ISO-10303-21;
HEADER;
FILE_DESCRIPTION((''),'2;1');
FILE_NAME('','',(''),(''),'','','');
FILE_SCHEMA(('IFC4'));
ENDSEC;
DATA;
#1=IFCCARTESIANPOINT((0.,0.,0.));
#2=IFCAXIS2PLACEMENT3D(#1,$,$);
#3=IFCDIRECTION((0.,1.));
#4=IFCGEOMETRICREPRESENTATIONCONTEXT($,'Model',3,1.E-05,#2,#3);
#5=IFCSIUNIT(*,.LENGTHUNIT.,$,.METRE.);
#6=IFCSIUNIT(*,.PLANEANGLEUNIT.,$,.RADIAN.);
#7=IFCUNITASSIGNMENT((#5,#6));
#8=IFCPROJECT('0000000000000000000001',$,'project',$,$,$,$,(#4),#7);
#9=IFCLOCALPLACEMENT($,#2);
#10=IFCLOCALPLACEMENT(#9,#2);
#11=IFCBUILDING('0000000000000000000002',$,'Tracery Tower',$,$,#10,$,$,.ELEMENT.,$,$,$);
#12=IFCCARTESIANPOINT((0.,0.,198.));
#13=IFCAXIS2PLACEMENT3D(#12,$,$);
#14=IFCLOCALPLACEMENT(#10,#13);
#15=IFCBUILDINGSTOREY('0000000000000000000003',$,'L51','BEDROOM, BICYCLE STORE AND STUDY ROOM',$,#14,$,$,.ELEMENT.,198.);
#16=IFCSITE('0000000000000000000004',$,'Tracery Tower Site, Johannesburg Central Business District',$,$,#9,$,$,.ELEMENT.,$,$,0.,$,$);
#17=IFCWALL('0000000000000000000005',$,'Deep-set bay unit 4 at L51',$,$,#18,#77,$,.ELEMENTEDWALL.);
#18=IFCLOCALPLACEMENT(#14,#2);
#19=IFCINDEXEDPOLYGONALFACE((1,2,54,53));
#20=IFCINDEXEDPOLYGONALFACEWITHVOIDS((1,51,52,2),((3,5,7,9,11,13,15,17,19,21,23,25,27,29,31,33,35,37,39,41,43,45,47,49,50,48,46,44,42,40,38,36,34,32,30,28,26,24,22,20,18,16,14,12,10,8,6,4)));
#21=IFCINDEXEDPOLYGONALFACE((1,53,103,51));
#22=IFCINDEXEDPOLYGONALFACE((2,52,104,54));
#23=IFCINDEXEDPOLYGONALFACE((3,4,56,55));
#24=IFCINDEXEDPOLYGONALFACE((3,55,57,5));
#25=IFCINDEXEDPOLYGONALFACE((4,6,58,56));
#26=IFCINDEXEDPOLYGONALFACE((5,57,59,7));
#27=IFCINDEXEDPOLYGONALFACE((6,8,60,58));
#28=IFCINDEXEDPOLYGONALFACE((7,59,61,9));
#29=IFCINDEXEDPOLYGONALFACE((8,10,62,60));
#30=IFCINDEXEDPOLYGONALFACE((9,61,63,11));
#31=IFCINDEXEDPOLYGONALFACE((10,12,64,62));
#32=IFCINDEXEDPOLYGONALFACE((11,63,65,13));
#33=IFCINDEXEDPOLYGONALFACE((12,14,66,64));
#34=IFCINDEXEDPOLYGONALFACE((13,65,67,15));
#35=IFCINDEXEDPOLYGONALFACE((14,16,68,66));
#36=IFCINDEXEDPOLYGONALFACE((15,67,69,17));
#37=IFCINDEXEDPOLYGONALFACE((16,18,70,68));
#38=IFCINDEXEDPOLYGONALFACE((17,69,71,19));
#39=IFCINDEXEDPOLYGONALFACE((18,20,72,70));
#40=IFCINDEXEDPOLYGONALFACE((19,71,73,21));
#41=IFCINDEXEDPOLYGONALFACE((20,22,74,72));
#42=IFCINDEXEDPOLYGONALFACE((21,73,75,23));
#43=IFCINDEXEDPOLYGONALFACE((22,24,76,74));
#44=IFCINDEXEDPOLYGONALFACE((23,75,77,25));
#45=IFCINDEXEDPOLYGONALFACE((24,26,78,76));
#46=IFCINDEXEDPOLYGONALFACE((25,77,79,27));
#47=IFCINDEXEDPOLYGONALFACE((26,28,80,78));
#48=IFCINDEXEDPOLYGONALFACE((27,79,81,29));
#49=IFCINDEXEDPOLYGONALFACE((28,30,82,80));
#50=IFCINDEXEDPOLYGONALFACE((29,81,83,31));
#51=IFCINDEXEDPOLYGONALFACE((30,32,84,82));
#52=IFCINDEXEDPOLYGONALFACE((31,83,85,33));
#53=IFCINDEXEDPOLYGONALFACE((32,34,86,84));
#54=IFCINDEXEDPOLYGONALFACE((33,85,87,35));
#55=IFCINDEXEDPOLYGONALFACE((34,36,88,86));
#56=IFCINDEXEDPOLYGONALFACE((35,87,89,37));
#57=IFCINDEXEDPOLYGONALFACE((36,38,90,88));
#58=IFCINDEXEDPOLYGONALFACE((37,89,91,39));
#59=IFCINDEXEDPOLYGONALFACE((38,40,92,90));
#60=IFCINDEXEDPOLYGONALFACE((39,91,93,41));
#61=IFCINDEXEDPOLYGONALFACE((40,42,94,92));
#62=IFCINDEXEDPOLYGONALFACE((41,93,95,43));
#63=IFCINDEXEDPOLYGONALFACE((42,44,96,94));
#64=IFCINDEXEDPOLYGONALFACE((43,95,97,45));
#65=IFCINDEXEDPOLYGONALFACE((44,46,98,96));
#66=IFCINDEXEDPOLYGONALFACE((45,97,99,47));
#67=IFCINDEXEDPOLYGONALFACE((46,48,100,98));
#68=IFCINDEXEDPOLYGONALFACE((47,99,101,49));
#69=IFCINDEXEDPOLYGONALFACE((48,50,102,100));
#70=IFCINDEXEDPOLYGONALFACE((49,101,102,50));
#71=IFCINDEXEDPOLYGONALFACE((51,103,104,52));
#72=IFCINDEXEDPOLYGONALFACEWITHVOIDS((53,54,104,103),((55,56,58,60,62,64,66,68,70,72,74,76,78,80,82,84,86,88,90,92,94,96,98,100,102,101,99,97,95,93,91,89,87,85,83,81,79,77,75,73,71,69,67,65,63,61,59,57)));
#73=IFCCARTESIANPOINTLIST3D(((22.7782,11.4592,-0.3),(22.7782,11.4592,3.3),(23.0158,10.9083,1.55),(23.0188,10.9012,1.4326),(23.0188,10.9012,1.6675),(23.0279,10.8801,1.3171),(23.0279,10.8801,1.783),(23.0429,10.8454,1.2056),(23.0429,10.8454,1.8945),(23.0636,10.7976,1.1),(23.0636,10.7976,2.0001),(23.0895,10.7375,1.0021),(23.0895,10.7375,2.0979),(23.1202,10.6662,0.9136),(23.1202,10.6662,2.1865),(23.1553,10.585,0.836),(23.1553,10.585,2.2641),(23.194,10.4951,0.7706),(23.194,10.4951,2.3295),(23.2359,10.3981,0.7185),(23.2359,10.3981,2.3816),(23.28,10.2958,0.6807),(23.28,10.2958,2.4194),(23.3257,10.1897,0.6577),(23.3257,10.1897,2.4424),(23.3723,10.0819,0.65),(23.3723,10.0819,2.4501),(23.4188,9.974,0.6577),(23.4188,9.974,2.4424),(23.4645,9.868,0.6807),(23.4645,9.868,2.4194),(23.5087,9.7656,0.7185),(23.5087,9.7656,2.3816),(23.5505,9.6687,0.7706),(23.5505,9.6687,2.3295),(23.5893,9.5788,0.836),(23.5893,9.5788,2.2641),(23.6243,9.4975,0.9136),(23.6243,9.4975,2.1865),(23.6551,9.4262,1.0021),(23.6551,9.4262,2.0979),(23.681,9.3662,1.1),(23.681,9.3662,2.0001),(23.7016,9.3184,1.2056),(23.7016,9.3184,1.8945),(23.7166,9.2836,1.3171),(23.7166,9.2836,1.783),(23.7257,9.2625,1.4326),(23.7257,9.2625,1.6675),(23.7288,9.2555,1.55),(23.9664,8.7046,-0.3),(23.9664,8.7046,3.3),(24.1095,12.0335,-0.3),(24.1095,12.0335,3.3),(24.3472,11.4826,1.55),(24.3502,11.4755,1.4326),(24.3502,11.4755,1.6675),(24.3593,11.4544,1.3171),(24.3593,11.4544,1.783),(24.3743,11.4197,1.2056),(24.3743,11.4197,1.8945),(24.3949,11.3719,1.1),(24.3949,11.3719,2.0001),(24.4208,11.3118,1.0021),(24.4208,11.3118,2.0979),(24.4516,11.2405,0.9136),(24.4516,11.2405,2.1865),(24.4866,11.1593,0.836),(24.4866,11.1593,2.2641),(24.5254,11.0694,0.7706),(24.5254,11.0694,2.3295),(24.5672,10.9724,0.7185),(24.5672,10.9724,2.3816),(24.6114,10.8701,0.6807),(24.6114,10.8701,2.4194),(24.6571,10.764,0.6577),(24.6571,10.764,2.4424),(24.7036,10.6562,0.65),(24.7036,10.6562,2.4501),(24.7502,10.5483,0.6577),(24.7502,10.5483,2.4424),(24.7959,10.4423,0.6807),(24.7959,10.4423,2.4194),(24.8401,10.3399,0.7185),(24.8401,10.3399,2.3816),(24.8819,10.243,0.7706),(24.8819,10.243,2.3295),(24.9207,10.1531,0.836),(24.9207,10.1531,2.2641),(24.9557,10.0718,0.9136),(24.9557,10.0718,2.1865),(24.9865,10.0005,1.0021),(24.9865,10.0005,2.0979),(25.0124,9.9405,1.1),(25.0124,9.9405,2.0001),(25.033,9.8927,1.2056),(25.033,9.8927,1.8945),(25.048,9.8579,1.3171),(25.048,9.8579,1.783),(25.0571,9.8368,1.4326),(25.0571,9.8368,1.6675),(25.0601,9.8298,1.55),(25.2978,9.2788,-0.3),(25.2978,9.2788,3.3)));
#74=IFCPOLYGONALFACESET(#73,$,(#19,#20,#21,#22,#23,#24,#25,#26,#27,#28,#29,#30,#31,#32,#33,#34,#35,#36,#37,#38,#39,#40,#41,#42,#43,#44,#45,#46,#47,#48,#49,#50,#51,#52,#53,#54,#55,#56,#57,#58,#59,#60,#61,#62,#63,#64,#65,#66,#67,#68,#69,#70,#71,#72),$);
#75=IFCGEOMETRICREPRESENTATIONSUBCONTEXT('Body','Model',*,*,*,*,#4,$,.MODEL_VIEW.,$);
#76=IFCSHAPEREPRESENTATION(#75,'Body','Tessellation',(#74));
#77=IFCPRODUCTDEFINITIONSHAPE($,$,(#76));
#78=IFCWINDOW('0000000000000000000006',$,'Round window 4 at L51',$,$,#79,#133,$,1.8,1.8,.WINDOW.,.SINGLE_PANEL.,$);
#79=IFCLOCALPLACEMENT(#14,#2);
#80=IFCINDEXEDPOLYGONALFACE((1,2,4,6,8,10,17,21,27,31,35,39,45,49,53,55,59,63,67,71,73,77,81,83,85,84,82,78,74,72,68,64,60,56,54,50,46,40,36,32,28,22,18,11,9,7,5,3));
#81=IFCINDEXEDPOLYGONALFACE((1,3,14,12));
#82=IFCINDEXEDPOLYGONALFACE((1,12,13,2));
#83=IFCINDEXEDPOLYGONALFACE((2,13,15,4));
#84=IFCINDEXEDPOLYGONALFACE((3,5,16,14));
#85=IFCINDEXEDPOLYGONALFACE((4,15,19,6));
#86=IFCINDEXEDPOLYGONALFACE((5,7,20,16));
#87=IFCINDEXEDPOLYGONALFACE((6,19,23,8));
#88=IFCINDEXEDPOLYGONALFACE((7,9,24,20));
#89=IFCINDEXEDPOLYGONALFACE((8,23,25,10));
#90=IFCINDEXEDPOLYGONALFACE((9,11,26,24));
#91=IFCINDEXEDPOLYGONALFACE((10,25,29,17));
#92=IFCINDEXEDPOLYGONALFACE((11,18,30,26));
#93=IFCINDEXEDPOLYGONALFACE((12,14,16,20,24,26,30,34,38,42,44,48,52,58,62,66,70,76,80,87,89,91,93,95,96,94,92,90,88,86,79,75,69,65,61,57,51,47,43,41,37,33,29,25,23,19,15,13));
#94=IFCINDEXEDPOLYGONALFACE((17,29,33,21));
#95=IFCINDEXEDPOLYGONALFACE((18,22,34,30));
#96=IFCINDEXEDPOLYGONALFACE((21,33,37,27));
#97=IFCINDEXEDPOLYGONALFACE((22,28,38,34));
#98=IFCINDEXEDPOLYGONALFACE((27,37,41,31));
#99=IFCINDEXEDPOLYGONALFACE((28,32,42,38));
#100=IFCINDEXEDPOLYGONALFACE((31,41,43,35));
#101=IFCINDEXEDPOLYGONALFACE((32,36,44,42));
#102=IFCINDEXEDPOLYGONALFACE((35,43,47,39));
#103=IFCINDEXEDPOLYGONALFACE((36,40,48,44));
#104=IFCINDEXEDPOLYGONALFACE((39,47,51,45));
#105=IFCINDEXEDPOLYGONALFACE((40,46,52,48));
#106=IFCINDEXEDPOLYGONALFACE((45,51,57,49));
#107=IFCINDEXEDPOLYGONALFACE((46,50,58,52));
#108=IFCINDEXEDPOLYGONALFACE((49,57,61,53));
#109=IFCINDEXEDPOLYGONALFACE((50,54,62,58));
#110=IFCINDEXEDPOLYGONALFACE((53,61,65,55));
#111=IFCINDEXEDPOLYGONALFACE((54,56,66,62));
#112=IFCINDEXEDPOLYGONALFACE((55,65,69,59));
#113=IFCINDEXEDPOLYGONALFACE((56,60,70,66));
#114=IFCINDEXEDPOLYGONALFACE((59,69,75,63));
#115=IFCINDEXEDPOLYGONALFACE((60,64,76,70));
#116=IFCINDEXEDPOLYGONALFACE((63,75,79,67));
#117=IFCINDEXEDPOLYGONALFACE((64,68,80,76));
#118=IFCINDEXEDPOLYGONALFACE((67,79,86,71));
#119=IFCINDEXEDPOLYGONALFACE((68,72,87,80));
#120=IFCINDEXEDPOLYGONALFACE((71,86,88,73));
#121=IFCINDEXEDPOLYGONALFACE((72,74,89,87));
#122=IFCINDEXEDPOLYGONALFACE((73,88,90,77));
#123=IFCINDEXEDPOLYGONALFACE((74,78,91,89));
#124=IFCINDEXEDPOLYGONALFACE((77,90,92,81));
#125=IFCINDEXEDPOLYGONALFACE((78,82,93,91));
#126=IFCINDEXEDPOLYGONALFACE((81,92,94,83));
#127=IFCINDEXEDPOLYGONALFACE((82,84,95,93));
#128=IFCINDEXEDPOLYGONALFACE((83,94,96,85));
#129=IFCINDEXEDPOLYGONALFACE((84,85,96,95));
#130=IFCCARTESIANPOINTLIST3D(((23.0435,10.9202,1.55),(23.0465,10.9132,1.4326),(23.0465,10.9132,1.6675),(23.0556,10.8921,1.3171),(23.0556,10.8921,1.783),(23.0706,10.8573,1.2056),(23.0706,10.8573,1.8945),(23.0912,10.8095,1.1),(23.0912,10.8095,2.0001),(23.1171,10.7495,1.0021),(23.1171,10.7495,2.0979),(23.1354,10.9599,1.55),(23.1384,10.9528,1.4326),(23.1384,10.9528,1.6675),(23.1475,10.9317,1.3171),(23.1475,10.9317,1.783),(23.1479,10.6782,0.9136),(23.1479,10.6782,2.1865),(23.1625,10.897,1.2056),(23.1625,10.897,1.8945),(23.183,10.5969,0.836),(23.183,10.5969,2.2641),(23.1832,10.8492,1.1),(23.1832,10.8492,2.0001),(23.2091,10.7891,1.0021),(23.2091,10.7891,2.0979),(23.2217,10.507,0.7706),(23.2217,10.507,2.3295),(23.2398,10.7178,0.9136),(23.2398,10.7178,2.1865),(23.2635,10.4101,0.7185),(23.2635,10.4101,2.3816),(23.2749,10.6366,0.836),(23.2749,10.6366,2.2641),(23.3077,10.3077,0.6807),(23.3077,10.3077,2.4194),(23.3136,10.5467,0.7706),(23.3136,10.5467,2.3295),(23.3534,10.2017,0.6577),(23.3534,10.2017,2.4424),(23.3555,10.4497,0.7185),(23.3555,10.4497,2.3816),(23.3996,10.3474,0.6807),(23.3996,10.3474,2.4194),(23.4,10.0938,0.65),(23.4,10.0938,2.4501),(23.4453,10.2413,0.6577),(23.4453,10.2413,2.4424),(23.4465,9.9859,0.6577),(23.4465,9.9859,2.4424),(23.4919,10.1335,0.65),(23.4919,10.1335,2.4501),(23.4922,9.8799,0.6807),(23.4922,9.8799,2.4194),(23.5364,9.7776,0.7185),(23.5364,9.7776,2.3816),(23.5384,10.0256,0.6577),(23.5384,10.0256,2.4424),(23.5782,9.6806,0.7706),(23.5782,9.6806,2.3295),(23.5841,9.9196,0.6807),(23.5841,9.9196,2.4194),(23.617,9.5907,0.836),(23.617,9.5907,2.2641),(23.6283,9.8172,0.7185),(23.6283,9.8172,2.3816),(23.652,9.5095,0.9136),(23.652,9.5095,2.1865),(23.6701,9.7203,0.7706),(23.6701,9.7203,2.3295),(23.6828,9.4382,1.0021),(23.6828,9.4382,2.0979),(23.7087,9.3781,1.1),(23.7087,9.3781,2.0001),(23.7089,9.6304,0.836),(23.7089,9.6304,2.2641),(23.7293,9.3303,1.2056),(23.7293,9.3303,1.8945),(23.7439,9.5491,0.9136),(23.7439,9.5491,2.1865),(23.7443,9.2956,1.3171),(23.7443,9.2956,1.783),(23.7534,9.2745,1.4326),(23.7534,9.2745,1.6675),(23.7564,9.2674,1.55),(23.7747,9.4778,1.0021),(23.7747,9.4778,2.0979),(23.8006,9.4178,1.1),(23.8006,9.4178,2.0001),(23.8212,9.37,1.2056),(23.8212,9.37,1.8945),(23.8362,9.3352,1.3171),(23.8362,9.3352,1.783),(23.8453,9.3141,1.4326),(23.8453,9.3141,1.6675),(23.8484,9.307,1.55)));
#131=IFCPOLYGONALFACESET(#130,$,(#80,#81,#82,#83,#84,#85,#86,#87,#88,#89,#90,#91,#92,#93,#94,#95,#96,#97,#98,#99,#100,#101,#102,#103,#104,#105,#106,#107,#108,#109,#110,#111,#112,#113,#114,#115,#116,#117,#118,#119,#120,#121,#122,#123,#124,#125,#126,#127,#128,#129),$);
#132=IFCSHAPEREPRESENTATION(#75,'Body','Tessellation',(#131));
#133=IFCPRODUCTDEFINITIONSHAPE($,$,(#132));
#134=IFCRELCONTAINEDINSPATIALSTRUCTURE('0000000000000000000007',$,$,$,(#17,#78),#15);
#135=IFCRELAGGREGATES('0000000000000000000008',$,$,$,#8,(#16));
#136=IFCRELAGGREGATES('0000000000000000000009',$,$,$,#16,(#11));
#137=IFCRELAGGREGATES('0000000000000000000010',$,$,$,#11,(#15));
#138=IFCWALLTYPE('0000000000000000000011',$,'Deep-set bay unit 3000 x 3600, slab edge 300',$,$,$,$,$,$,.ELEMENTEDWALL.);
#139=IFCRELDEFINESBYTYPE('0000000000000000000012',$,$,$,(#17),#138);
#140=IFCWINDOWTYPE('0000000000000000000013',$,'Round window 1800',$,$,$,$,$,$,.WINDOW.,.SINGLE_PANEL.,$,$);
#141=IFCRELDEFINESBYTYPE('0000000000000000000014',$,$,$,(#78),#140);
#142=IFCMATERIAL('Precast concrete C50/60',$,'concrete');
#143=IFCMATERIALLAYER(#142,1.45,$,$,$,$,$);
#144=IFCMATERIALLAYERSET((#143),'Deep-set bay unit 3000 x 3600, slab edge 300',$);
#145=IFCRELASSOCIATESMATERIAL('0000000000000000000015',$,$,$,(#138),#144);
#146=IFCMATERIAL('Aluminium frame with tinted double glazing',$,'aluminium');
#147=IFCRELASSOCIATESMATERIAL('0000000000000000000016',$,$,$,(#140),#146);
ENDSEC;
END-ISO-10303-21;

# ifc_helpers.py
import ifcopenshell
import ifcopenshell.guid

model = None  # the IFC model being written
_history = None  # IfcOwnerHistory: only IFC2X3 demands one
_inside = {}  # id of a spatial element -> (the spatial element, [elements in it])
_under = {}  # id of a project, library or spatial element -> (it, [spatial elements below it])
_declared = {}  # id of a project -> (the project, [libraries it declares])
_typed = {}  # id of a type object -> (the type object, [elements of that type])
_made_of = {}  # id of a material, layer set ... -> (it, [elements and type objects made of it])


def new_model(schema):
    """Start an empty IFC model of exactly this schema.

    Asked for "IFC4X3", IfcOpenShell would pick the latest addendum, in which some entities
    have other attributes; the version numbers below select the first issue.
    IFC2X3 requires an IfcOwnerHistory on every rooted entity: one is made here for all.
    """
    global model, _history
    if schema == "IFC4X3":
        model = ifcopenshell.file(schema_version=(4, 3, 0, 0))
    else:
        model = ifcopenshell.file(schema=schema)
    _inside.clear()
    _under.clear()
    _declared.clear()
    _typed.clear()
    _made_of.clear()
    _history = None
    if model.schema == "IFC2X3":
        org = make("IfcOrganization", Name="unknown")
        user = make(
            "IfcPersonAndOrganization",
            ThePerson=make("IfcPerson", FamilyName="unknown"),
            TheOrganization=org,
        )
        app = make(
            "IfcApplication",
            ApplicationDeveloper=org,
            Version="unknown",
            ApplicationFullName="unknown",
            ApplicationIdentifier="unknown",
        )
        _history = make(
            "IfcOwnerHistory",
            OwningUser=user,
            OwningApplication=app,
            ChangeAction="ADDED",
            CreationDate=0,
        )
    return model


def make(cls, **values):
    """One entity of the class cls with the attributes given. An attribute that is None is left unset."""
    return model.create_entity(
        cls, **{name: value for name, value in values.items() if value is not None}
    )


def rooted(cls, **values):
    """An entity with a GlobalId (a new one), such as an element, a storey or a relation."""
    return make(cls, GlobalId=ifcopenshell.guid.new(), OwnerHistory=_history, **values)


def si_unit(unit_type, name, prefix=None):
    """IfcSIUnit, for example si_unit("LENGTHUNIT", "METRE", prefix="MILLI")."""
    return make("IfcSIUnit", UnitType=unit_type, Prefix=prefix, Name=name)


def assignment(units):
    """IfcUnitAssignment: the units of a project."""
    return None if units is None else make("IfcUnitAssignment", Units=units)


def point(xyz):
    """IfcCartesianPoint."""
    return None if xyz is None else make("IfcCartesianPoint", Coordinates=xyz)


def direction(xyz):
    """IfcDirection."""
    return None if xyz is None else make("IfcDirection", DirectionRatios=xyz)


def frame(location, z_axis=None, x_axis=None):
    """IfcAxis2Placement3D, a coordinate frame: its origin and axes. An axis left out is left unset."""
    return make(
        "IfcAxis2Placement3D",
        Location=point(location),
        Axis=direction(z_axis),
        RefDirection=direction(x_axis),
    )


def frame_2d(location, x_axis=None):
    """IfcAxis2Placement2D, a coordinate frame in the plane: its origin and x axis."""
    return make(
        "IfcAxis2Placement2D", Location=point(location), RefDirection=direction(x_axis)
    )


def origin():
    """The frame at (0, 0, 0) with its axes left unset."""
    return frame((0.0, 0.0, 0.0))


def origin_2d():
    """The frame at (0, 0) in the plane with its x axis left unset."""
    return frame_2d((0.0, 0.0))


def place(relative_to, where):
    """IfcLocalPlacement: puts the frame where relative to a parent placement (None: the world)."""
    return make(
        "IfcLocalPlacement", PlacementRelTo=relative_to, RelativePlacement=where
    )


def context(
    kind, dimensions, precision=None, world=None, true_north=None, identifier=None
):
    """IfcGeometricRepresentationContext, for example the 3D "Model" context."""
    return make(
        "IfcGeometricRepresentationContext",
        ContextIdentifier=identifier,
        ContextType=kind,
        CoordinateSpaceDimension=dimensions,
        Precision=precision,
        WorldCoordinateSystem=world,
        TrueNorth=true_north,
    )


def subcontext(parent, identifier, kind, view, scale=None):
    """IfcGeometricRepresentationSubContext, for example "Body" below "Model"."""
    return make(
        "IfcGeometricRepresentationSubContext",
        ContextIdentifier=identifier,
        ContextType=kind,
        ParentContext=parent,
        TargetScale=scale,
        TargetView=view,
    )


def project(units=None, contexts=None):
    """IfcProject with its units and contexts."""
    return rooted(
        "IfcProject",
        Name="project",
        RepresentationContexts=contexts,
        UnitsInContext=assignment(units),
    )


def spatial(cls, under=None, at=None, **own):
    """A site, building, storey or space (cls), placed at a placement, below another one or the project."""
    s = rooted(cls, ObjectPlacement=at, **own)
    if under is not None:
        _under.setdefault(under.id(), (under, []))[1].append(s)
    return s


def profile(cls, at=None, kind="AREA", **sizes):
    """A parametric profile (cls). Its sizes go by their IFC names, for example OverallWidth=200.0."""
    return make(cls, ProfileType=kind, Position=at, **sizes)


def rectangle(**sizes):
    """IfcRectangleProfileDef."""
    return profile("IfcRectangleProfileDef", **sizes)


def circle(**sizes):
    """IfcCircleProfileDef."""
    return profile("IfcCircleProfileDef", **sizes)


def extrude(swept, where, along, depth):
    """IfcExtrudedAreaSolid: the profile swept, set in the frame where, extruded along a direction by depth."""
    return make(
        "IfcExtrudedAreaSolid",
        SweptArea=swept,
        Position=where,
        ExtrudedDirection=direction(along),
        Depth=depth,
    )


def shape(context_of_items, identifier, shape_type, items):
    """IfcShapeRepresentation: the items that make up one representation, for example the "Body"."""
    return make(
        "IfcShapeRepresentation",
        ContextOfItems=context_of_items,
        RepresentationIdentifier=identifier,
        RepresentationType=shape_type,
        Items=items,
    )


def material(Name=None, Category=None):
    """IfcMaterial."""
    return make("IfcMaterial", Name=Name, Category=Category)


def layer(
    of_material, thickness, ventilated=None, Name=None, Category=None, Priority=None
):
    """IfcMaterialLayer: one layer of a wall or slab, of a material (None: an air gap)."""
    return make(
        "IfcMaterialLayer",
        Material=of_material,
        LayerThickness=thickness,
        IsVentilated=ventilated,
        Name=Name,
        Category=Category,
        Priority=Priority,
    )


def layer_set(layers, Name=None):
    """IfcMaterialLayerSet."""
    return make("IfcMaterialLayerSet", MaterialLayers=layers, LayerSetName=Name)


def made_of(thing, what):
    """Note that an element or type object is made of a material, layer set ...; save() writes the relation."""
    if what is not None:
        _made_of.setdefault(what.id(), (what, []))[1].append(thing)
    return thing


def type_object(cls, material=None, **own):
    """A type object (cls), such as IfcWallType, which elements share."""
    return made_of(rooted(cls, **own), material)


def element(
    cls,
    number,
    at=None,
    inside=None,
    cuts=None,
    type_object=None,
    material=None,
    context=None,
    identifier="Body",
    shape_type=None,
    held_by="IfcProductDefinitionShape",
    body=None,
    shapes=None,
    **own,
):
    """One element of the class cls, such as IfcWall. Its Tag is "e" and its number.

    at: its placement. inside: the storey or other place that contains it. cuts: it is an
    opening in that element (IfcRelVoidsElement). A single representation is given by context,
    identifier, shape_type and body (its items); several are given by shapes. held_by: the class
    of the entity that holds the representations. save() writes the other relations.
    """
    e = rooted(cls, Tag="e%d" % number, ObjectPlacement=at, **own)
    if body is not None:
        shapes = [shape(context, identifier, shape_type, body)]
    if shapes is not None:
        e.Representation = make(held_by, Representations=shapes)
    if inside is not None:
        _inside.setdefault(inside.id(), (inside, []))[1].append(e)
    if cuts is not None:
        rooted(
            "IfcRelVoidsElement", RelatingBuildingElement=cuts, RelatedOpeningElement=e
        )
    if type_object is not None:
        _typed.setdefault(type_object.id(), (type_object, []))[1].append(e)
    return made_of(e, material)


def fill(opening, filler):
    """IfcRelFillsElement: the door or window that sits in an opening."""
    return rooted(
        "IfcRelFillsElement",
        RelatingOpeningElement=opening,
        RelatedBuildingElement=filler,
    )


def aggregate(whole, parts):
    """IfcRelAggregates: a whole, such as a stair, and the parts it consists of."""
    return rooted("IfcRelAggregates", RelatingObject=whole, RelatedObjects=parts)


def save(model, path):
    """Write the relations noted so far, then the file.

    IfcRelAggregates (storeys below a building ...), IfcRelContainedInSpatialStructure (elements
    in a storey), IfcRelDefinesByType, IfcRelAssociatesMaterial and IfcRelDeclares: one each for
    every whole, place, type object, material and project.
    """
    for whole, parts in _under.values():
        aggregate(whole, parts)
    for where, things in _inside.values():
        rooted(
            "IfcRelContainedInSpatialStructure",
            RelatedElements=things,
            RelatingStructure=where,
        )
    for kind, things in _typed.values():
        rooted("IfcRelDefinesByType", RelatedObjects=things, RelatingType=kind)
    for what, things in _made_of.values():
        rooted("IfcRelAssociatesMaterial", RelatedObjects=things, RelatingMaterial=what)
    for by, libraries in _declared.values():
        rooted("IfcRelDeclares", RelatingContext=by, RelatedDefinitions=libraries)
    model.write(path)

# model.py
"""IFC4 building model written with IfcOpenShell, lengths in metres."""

from ifc_helpers import new_model, si_unit, direction, frame, frame_2d, origin, origin_2d, place, context, subcontext, project, spatial, rectangle, circle, extrude, material, layer, layer_set, type_object, element, fill, save


model = new_model("IFC4")

# Units and contexts
model_context = context("Model", 3, precision=1e-05, world=origin(), true_north=direction((0.0, 1.0)))
body_context = subcontext(model_context, "Body", "Model", "MODEL_VIEW")
ifc_project = project(units=[si_unit("LENGTHUNIT", "METRE"), si_unit("PLANEANGLEUNIT", "RADIAN")], contexts=[model_context])

# Site, building, storey
site_placement = place(None, origin())
site = spatial("IfcSite", under=ifc_project, at=site_placement, Name="Tracery Tower Site, Johannesburg Central Business District", CompositionType="ELEMENT", RefElevation=0.0)
building_placement = place(site_placement, origin())
building = spatial("IfcBuilding", under=site, at=building_placement, Name="Tracery Tower", CompositionType="ELEMENT")
storey_placement = place(building_placement, frame((0.0, 0.0, 198.0)))
storey = spatial("IfcBuildingStorey", under=building, at=storey_placement, Name="L51", Description="BEDROOM, BICYCLE STORE AND STUDY ROOM", CompositionType="ELEMENT", Elevation=198.0)

# Wall, opening, window
ifc_material_1 = material(Name="Precast concrete C50/60", Category="concrete")
ifc_layer_1 = layer(ifc_material_1, 1.45)
ifc_layer_set_1 = layer_set([ifc_layer_1], Name="Deep-set bay unit 3000 x 3600, slab edge 300")
wall_type_1 = type_object("IfcWallType", Name="Deep-set bay unit 3000 x 3600, slab edge 300", PredefinedType="ELEMENTEDWALL", material=ifc_layer_set_1)
ifc_material_2 = material(Name="Aluminium frame with tinted double glazing", Category="aluminium")
window_type = type_object("IfcWindowType", Name="Round window 1800", PartitioningType="SINGLE_PANEL", PredefinedType="WINDOW", material=ifc_material_2)
wall_1_placement = place(storey_placement, frame((24.6321, 8.9917, -0.3), z_axis=(0.0, 0.0, 1.0), x_axis=(-0.396079, 0.918216, 0.0)))
wall_1 = element("IfcWall", 1, at=wall_1_placement, inside=storey, type_object=wall_type_1, Name="Deep-set bay unit 4 at L51", PredefinedType="ELEMENTEDWALL", context=body_context, shape_type="SweptSolid", body=[
    extrude(rectangle(XDim=3.0, YDim=1.45, at=frame_2d((1.5, 0.0))), origin(), (0.0, 0.0, 1.0), 3.6001),
])
opening_1_placement = place(wall_1_placement, frame((1.5, 0.0, 1.8501)))
opening_1 = element("IfcOpeningElement", 2, at=opening_1_placement, cuts=wall_1, PredefinedType="OPENING", context=body_context, shape_type="SweptSolid", body=[
    extrude(circle(Radius=0.9, at=origin_2d()), frame((0.0, 0.7349, 0.0), z_axis=(0.0, -1.0, 0.0), x_axis=(1.0, 0.0, 0.0)), (0.0, 0.0, 1.0), 1.47),
])
window_1_placement = place(opening_1_placement, origin())
window_1 = element("IfcWindow", 3, at=window_1_placement, inside=storey, type_object=window_type, Name="Round window 4 at L51", OverallHeight=1.8, OverallWidth=1.8, PartitioningType="SINGLE_PANEL", PredefinedType="WINDOW", context=body_context, shape_type="SweptSolid", body=[
    extrude(circle(Radius=0.9, at=origin_2d()), frame((0.0, 0.6948, 0.0), z_axis=(0.0, -1.0, 0.0), x_axis=(1.0, 0.0, 0.0)), (0.0, 0.0, 1.0), 0.1001),
])
fill(opening_1, window_1)

save(model, "model.ifc")
